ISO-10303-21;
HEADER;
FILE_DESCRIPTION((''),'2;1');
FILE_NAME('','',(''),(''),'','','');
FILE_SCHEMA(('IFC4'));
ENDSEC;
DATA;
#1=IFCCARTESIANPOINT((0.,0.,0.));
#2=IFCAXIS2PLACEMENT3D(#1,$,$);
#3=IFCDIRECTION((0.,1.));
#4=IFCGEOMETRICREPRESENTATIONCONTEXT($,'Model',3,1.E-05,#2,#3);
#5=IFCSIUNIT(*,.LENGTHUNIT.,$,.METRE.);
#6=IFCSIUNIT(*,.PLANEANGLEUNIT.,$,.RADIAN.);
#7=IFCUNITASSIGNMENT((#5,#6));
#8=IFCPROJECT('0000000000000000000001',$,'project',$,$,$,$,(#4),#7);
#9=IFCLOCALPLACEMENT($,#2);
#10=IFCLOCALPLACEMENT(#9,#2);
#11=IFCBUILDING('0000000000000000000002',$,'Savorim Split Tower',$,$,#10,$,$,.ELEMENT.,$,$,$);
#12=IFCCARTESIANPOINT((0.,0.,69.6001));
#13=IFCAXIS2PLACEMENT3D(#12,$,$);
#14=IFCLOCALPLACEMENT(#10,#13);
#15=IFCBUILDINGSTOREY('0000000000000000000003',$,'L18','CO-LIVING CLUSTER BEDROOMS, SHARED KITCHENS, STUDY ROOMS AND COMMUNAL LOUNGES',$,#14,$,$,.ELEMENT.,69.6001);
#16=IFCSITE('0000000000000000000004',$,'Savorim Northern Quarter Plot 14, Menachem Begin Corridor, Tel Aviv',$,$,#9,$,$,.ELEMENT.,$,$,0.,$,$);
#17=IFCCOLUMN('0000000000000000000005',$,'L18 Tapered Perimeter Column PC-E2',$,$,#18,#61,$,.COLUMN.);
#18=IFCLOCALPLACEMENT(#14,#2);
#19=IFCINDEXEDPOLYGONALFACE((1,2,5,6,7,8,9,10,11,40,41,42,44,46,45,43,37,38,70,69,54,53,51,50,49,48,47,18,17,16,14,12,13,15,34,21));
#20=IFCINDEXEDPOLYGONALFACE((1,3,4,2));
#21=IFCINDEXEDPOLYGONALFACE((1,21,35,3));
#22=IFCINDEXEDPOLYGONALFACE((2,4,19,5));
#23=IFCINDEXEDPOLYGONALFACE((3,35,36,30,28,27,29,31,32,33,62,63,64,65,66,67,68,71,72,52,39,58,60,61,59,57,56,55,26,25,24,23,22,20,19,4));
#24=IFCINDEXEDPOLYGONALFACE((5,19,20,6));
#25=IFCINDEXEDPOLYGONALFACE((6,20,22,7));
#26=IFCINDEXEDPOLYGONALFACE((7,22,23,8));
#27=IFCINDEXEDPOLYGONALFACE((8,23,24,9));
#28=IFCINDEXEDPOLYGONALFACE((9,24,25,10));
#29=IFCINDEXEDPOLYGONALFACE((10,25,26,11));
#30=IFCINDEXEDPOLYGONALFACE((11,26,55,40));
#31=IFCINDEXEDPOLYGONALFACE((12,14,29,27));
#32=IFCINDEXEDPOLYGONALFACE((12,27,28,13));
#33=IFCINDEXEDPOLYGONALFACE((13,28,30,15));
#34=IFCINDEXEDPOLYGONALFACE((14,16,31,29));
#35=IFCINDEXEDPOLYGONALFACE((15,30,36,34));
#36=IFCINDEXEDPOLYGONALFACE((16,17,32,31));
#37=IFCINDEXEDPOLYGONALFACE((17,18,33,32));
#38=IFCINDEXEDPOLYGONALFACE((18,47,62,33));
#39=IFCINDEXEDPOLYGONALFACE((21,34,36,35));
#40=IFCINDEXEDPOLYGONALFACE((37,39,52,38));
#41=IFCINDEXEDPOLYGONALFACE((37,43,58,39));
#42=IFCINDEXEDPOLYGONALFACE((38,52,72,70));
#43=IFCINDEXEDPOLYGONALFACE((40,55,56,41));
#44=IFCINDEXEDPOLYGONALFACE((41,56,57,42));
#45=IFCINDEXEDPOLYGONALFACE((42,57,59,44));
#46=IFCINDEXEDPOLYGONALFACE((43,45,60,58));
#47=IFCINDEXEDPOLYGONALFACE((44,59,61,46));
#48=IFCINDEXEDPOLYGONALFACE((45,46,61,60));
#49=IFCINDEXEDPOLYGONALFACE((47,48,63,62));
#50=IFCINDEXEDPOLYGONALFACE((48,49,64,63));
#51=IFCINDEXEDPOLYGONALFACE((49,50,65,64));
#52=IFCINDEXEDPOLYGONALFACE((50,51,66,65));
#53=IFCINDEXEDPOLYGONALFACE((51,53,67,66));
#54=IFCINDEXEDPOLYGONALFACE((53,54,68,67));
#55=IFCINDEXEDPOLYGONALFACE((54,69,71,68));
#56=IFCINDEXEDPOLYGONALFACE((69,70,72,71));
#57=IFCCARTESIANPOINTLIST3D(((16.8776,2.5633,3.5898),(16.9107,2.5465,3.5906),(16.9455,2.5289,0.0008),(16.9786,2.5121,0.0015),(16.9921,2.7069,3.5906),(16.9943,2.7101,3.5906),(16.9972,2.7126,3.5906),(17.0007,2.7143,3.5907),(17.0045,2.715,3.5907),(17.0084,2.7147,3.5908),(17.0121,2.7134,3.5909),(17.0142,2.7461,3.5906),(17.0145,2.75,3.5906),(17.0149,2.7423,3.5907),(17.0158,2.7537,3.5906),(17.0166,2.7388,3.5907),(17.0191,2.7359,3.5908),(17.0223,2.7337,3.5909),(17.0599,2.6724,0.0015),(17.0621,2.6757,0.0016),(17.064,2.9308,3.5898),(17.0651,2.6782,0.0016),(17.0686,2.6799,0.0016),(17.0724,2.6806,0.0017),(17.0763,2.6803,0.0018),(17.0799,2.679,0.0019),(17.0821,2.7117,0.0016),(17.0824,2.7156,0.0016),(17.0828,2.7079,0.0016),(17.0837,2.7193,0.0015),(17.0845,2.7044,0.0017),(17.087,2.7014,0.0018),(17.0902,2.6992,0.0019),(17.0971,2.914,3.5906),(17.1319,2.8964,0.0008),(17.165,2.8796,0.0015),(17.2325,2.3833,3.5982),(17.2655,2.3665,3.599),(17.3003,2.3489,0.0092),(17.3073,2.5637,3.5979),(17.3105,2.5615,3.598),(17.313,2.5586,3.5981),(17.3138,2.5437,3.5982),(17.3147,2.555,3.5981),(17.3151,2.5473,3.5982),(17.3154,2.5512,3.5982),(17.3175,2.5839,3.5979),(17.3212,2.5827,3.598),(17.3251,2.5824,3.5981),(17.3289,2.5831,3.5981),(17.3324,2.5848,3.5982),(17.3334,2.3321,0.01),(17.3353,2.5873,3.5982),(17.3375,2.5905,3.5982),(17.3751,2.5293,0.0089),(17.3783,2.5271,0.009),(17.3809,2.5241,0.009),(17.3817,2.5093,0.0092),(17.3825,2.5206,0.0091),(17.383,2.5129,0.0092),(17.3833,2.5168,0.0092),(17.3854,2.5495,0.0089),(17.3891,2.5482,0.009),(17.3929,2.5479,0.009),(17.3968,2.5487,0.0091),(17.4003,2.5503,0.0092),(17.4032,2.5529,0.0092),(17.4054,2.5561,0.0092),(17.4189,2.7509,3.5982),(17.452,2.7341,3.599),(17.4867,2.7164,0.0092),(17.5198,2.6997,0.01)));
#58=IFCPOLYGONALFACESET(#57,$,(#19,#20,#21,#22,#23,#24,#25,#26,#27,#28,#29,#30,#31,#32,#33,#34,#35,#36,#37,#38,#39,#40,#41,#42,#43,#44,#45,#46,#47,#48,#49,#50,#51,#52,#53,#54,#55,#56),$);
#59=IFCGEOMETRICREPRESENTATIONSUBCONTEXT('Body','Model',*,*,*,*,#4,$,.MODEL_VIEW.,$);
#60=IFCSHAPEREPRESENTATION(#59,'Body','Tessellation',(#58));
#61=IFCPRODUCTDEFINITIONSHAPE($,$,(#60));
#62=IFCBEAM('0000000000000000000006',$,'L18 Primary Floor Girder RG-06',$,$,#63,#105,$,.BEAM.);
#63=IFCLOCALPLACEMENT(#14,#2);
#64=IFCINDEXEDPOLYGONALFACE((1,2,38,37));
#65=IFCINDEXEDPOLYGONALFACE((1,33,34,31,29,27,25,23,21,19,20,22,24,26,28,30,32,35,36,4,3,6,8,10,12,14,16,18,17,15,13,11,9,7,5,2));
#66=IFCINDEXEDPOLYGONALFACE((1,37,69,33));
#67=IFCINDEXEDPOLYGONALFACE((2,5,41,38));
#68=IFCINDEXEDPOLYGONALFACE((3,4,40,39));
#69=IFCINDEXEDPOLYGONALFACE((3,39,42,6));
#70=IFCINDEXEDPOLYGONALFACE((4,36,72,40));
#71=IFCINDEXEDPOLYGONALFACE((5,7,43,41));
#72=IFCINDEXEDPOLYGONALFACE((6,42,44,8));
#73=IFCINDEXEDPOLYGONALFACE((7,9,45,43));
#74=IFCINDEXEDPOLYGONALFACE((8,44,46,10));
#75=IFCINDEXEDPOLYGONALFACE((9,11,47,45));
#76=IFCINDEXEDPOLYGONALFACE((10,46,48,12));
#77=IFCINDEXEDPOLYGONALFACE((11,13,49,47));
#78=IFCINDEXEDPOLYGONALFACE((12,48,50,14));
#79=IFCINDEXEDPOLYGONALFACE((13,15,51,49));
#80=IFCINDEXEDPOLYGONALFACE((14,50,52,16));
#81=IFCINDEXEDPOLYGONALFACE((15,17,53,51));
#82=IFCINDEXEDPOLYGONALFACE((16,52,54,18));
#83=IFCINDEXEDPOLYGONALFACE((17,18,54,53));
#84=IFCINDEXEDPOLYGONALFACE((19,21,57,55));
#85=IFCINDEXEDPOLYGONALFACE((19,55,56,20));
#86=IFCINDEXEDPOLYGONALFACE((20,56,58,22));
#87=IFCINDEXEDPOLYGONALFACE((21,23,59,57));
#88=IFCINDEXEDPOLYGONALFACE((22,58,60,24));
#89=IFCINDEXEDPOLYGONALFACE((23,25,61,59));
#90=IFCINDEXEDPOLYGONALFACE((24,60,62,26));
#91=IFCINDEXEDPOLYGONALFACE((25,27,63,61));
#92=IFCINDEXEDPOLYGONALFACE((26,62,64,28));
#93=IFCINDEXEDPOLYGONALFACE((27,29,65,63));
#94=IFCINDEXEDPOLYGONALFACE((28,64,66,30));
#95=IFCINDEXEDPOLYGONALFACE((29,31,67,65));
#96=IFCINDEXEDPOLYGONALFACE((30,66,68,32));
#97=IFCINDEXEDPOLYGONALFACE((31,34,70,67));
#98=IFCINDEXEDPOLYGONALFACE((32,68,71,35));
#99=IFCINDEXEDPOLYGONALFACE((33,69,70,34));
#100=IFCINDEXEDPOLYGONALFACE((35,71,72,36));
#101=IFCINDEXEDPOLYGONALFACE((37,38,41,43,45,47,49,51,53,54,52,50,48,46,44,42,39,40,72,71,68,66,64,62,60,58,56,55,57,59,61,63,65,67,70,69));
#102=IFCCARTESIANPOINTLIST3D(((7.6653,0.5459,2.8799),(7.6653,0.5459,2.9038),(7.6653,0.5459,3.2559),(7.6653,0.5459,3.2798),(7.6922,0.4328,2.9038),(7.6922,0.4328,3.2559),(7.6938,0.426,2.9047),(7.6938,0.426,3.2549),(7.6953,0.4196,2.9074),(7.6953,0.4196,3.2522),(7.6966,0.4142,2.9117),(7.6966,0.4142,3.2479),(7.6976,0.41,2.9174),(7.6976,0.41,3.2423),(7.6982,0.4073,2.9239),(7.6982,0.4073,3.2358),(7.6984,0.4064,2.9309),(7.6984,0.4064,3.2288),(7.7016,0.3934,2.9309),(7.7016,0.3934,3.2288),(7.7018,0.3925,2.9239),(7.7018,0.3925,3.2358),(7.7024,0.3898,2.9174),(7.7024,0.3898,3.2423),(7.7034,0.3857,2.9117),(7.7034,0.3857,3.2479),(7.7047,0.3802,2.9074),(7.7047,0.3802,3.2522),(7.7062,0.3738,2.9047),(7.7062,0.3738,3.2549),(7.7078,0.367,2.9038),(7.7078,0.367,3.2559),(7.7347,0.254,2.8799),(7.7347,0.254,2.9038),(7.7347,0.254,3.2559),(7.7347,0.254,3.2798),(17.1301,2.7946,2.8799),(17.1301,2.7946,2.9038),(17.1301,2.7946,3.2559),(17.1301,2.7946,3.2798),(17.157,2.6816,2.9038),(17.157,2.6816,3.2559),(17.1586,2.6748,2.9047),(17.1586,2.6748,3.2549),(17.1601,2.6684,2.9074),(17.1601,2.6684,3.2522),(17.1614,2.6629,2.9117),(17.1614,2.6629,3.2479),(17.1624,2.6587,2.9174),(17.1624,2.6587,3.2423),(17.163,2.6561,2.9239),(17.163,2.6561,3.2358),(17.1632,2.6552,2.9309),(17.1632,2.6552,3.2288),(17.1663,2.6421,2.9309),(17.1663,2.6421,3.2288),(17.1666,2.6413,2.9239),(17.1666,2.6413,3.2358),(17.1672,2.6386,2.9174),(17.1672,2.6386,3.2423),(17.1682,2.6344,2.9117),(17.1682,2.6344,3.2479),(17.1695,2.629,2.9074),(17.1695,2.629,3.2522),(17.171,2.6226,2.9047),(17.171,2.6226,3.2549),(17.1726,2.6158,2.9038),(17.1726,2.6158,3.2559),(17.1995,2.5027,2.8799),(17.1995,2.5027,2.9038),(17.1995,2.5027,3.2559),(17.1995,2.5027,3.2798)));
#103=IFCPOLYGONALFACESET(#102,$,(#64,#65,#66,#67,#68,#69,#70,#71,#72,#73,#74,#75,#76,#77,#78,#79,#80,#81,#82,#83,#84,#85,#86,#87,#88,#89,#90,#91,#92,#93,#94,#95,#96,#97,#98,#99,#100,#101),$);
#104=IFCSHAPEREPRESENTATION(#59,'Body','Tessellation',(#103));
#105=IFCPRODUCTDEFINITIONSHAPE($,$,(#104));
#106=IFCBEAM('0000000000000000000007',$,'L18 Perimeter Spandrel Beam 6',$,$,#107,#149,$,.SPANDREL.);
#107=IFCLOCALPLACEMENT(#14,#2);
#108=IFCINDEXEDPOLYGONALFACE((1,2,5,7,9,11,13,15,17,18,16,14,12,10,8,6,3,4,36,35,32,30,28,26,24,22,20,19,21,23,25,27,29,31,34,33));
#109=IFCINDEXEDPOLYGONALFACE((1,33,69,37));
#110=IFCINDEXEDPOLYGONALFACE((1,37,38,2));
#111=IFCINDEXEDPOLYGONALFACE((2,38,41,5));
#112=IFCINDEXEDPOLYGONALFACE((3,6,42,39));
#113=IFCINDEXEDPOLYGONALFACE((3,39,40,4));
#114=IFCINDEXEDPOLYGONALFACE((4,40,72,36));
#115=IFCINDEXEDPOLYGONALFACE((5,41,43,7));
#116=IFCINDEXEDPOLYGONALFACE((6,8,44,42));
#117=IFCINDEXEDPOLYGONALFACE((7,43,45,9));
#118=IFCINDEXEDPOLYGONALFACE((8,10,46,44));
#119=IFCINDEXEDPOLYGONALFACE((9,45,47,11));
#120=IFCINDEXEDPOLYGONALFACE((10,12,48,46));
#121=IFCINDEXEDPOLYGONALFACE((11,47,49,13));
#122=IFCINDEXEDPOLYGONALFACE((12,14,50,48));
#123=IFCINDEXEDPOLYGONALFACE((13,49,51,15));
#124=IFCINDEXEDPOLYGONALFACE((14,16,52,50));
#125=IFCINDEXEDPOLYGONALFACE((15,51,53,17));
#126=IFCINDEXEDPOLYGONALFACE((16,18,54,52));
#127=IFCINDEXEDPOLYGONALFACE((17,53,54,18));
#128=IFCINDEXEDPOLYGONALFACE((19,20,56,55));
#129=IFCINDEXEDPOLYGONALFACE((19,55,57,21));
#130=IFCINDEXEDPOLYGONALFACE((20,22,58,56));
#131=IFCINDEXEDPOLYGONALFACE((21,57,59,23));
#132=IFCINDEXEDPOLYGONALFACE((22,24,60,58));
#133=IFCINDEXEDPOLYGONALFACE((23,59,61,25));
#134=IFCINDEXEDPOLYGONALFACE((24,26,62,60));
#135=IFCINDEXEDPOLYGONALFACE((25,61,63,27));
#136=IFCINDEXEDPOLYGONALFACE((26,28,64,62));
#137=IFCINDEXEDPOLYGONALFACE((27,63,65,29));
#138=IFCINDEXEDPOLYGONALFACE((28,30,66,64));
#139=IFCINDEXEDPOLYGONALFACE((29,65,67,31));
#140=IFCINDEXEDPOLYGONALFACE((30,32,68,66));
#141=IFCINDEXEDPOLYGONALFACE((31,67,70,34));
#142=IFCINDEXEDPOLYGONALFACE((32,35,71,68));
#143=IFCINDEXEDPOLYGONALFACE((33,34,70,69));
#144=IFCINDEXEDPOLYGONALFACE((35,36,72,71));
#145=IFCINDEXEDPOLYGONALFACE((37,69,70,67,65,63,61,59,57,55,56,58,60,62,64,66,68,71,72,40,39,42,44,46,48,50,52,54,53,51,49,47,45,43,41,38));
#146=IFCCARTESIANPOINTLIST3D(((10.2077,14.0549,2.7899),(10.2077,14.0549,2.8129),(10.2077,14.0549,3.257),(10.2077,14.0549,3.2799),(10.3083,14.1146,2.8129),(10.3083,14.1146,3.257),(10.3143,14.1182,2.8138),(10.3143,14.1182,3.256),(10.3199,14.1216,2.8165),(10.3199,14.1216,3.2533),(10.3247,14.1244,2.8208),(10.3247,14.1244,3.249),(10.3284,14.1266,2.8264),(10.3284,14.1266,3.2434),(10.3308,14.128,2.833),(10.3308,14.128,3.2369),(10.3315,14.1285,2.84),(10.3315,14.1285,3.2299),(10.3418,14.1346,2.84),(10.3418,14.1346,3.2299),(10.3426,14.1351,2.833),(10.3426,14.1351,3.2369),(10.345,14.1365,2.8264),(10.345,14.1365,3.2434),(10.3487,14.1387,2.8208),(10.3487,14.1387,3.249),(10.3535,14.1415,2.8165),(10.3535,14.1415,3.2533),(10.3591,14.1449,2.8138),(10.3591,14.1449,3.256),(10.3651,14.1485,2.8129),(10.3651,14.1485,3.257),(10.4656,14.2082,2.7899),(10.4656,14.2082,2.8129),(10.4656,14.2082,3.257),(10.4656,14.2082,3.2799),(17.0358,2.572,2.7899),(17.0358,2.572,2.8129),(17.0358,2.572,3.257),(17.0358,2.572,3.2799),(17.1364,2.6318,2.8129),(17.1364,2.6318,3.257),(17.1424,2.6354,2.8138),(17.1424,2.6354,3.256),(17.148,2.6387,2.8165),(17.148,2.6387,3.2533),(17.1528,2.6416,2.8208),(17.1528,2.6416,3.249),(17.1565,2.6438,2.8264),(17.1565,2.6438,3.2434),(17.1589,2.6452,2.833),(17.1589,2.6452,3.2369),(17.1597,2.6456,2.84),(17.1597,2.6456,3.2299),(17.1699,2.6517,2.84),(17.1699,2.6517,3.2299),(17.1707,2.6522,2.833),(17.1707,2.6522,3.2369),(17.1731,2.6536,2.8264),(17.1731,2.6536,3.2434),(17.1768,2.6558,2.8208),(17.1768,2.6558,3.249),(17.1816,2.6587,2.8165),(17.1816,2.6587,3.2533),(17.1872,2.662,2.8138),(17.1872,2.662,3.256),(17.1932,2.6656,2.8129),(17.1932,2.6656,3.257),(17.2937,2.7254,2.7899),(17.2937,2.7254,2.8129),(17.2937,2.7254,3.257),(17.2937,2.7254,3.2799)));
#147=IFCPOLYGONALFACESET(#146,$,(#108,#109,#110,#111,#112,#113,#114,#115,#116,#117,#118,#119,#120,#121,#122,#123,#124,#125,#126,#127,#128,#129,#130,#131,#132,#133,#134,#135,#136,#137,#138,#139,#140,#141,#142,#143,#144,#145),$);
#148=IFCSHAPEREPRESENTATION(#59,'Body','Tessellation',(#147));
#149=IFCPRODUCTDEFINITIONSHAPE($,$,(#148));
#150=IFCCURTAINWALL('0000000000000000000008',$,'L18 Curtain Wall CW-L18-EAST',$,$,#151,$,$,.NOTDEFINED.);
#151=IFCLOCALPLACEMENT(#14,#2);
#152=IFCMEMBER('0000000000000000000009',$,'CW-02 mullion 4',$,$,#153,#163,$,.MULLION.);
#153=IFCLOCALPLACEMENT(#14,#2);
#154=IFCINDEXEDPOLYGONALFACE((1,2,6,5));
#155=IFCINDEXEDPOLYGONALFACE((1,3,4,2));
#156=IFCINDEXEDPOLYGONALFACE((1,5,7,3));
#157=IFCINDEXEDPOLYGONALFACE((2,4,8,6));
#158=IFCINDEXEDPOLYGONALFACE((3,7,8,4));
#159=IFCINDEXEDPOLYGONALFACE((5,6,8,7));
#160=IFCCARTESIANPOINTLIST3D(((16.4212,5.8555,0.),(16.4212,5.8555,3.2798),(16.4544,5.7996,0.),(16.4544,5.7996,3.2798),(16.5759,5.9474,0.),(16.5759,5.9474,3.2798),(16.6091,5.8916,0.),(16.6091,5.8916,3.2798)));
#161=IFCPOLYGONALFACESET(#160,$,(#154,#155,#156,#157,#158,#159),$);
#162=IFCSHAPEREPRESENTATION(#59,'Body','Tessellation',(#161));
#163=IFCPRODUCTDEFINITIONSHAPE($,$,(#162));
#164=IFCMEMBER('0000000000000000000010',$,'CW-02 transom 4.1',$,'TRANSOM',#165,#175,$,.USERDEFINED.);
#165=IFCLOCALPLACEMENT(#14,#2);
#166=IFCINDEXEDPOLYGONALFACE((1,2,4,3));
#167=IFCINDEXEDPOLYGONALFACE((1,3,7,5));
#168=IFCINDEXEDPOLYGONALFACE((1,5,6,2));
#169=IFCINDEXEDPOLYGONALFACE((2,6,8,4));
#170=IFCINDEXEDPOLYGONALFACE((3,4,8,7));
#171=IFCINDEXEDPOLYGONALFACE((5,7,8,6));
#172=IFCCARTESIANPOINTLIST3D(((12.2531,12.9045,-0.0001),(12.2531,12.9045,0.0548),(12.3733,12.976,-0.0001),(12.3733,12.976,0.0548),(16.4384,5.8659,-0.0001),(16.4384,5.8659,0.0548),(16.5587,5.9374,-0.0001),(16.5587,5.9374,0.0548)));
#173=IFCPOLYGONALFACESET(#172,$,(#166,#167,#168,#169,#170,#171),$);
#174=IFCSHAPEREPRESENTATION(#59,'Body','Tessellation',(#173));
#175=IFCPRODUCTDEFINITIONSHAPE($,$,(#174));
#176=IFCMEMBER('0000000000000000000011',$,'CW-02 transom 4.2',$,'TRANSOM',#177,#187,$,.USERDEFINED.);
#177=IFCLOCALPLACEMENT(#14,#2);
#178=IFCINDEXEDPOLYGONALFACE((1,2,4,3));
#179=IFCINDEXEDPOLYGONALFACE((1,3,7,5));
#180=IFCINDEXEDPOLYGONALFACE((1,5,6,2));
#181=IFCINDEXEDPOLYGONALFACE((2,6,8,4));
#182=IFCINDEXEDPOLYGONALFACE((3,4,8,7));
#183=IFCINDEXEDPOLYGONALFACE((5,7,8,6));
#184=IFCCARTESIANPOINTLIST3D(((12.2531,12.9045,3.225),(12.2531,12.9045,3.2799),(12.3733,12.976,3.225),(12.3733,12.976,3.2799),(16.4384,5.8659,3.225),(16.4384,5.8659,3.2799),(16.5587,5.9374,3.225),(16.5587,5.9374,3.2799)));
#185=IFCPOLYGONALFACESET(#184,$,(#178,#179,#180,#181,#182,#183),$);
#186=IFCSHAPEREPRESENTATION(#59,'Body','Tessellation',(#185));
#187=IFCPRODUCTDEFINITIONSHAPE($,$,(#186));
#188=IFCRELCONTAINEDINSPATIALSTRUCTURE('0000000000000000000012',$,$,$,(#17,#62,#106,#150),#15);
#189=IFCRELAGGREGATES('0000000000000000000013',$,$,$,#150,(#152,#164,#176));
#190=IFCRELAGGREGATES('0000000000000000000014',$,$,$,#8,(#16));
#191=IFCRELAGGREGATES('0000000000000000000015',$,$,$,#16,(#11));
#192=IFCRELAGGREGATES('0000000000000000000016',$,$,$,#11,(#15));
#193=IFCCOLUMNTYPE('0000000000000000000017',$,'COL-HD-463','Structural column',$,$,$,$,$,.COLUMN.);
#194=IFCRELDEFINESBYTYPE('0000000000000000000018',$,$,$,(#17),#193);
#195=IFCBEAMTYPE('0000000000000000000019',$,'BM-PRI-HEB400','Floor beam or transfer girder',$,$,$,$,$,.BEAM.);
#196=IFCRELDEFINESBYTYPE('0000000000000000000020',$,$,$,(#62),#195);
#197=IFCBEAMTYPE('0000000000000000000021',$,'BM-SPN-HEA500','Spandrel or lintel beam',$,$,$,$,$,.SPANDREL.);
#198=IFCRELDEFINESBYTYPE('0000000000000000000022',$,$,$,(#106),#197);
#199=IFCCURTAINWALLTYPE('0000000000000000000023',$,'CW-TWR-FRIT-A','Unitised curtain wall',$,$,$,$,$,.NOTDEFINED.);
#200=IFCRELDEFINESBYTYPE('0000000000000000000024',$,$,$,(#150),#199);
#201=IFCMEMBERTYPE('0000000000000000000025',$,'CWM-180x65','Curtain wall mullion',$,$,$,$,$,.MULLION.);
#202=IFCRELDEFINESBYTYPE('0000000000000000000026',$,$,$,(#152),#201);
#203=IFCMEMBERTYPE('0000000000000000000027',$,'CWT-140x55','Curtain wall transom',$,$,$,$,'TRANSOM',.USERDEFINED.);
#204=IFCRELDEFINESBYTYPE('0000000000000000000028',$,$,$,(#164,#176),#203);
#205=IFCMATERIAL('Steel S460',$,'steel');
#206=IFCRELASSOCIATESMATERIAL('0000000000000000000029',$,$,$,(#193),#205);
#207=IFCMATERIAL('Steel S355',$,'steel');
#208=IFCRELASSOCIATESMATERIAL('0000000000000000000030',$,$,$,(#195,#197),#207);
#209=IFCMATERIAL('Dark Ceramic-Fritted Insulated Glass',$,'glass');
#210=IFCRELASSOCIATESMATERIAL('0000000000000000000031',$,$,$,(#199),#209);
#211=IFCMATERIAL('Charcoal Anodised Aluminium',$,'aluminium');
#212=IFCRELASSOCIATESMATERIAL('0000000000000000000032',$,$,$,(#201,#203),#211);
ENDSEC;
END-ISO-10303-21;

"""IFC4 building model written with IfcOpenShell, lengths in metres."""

from ifc_helpers import new_model, si_unit, direction, frame, origin, origin_2d, place, context, subcontext, project, spatial, rectangle, i_section, extrude, material, material_profile, profile_set, type_object, element, aggregate, save


model = new_model("IFC4")

# Units and contexts
model_context = context("Model", 3, precision=1e-05, world=origin(), true_north=direction((0.0, 1.0)))
body_context = subcontext(model_context, "Body", "Model", "MODEL_VIEW")
ifc_project = project(units=[si_unit("LENGTHUNIT", "METRE"), si_unit("PLANEANGLEUNIT", "RADIAN")], contexts=[model_context])

# Site, building, storey
site_placement = place(None, origin())
site = spatial("IfcSite", under=ifc_project, at=site_placement, Name="Savorim Northern Quarter Plot 14, Menachem Begin Corridor, Tel Aviv", CompositionType="ELEMENT", RefElevation=0.0)
building_placement = place(site_placement, origin())
building = spatial("IfcBuilding", under=site, at=building_placement, Name="Savorim Split Tower", CompositionType="ELEMENT")
storey_placement = place(building_placement, frame((0.0, 0.0, 69.6001)))
storey = spatial("IfcBuildingStorey", under=building, at=storey_placement, Name="L18", Description="CO-LIVING CLUSTER BEDROOMS, SHARED KITCHENS, STUDY ROOMS AND COMMUNAL LOUNGES", CompositionType="ELEMENT", Elevation=69.6001)

# Column
ifc_material_1 = material(Name="Steel S460", Category="steel")
ifc_material_profile_1 = material_profile(ifc_material_1, i_section(OverallWidth=0.4121, OverallDepth=0.4351, WebThickness=0.0227, FlangeThickness=0.0371, FilletRadius=0.0149, at=origin_2d()), Name="HD 400x463")
ifc_profile_set_1 = profile_set([ifc_material_profile_1], Name="Steel S460")
column_type = type_object("IfcColumnType", Name="COL-HD-463", Description="Structural column", PredefinedType="COLUMN", material=ifc_profile_set_1)
column_placement = place(storey_placement, frame((17.2327, 2.6143, 0.0054), z_axis=(-0.018906, 0.009589, 0.999775), x_axis=(-0.452339, -0.891846, 0.0)))
element("IfcColumn", 1, at=column_placement, inside=storey, type_object=column_type, Name="L18 Tapered Perimeter Column PC-E2", PredefinedType="COLUMN", context=body_context, shape_type="SweptSolid", body=[
    extrude(i_section(OverallWidth=0.4121, OverallDepth=0.4351, WebThickness=0.0227, FlangeThickness=0.0371, FilletRadius=0.0149, at=origin_2d()), origin(), (0.0, 0.0, 1.0), 3.5898),
])

# Beams
ifc_material_2 = material(Name="Steel S355", Category="steel")
ifc_material_profile_2 = material_profile(ifc_material_2, i_section(OverallWidth=0.3, OverallDepth=0.3999, WebThickness=0.0134, FlangeThickness=0.0239, FilletRadius=0.0271, at=origin_2d()), Name="HEB 400")
ifc_profile_set_2 = profile_set([ifc_material_profile_2], Name="Steel S355")
beam_type_1 = type_object("IfcBeamType", Name="BM-PRI-HEB400", Description="Floor beam or transfer girder", PredefinedType="BEAM", material=ifc_profile_set_2)
beam_1_placement = place(storey_placement, frame((17.1648, 2.6487, 3.0798), z_axis=(-0.972916, -0.231158, 0.0), x_axis=(0.231158, -0.972916, 0.0)))
element("IfcBeam", 2, at=beam_1_placement, inside=storey, type_object=beam_type_1, Name="L18 Primary Floor Girder RG-06", PredefinedType="BEAM", context=body_context, shape_type="SweptSolid", body=[
    extrude(i_section(OverallWidth=0.3, OverallDepth=0.3999, WebThickness=0.0134, FlangeThickness=0.0239, FilletRadius=0.0271, at=origin_2d()), origin(), (0.0, 0.0, 1.0), 9.7283),
])
ifc_material_profile_3 = material_profile(ifc_material_2, i_section(OverallWidth=0.3, OverallDepth=0.49, WebThickness=0.012, FlangeThickness=0.0229, FilletRadius=0.0271, at=origin_2d()), Name="HEA 500")
ifc_profile_set_3 = profile_set([ifc_material_profile_3], Name="Steel S355")
beam_type_2 = type_object("IfcBeamType", Name="BM-SPN-HEA500", Description="Spandrel or lintel beam", PredefinedType="SPANDREL", material=ifc_profile_set_3)
beam_2_placement = place(storey_placement, frame((17.1648, 2.6487, 3.0349), z_axis=(-0.5111, 0.859521, 0.0), x_axis=(-0.859521, -0.5111, 0.0)))
element("IfcBeam", 3, at=beam_2_placement, inside=storey, type_object=beam_type_2, Name="L18 Perimeter Spandrel Beam 6", PredefinedType="SPANDREL", context=body_context, shape_type="SweptSolid", body=[
    extrude(i_section(OverallWidth=0.3, OverallDepth=0.49, WebThickness=0.012, FlangeThickness=0.0229, FilletRadius=0.0271, at=origin_2d()), origin(), (0.0, 0.0, 1.0), 13.3596),
])

# Curtain wall, members
ifc_material_3 = material(Name="Dark Ceramic-Fritted Insulated Glass", Category="glass")
curtain_wall_type = type_object("IfcCurtainWallType", Name="CW-TWR-FRIT-A", Description="Unitised curtain wall", PredefinedType="NOTDEFINED", material=ifc_material_3)
curtain_wall_placement = place(storey_placement, origin())
curtain_wall = element("IfcCurtainWall", 4, at=curtain_wall_placement, inside=storey, type_object=curtain_wall_type, Name="L18 Curtain Wall CW-L18-EAST", PredefinedType="NOTDEFINED")
ifc_material_4 = material(Name="Charcoal Anodised Aluminium", Category="aluminium")
ifc_material_profile_4 = material_profile(ifc_material_4, rectangle(XDim=0.1799, YDim=0.0649, at=origin_2d()), Name="ALU-M 180x65")
ifc_profile_set_4 = profile_set([ifc_material_profile_4], Name="Charcoal Anodised Aluminium")
member_type_1 = type_object("IfcMemberType", Name="CWM-180x65", Description="Curtain wall mullion", PredefinedType="MULLION", material=ifc_profile_set_4)
member_1_placement = place(storey_placement, frame((16.5151, 5.8735, 0.0), z_axis=(0.0, 0.0, 1.0), x_axis=(-0.859526, -0.511092, 0.0)))
member_1 = element("IfcMember", 5, at=member_1_placement, type_object=member_type_1, Name="CW-02 mullion 4", PredefinedType="MULLION", context=body_context, shape_type="SweptSolid", body=[
    extrude(rectangle(XDim=0.1799, YDim=0.0649, at=origin_2d()), origin(), (0.0, 0.0, 1.0), 3.2798),
])
ifc_material_profile_5 = material_profile(ifc_material_4, rectangle(XDim=0.1399, YDim=0.0549, at=origin_2d()), Name="ALU-T 140x55")
ifc_profile_set_5 = profile_set([ifc_material_profile_5], Name="Charcoal Anodised Aluminium")
member_type_2 = type_object("IfcMemberType", Name="CWT-140x55", Description="Curtain wall transom", ElementType="TRANSOM", PredefinedType="USERDEFINED", material=ifc_profile_set_5)
member_2_placement = place(storey_placement, frame((16.4985, 5.9016, 0.0273), z_axis=(-0.511094, 0.859525, 0.0), x_axis=(-0.859525, -0.511094, 0.0)))
member_2 = element("IfcMember", 6, at=member_2_placement, type_object=member_type_2, Name="CW-02 transom 4.1", ObjectType="TRANSOM", PredefinedType="USERDEFINED", context=body_context, shape_type="SweptSolid", body=[
    extrude(rectangle(XDim=0.1399, YDim=0.0549, at=origin_2d()), origin(), (0.0, 0.0, 1.0), 8.189),
])
member_3_placement = place(storey_placement, frame((16.4985, 5.9016, 3.2524), z_axis=(-0.511094, 0.859525, 0.0), x_axis=(-0.859525, -0.511094, 0.0)))
member_3 = element("IfcMember", 7, at=member_3_placement, type_object=member_type_2, Name="CW-02 transom 4.2", ObjectType="TRANSOM", PredefinedType="USERDEFINED", context=body_context, shape_type="SweptSolid", body=[
    extrude(rectangle(XDim=0.1399, YDim=0.0549, at=origin_2d()), origin(), (0.0, 0.0, 1.0), 8.189),
])
aggregate(curtain_wall, [member_1, member_2, member_3])

save(model, "model.ifc")
